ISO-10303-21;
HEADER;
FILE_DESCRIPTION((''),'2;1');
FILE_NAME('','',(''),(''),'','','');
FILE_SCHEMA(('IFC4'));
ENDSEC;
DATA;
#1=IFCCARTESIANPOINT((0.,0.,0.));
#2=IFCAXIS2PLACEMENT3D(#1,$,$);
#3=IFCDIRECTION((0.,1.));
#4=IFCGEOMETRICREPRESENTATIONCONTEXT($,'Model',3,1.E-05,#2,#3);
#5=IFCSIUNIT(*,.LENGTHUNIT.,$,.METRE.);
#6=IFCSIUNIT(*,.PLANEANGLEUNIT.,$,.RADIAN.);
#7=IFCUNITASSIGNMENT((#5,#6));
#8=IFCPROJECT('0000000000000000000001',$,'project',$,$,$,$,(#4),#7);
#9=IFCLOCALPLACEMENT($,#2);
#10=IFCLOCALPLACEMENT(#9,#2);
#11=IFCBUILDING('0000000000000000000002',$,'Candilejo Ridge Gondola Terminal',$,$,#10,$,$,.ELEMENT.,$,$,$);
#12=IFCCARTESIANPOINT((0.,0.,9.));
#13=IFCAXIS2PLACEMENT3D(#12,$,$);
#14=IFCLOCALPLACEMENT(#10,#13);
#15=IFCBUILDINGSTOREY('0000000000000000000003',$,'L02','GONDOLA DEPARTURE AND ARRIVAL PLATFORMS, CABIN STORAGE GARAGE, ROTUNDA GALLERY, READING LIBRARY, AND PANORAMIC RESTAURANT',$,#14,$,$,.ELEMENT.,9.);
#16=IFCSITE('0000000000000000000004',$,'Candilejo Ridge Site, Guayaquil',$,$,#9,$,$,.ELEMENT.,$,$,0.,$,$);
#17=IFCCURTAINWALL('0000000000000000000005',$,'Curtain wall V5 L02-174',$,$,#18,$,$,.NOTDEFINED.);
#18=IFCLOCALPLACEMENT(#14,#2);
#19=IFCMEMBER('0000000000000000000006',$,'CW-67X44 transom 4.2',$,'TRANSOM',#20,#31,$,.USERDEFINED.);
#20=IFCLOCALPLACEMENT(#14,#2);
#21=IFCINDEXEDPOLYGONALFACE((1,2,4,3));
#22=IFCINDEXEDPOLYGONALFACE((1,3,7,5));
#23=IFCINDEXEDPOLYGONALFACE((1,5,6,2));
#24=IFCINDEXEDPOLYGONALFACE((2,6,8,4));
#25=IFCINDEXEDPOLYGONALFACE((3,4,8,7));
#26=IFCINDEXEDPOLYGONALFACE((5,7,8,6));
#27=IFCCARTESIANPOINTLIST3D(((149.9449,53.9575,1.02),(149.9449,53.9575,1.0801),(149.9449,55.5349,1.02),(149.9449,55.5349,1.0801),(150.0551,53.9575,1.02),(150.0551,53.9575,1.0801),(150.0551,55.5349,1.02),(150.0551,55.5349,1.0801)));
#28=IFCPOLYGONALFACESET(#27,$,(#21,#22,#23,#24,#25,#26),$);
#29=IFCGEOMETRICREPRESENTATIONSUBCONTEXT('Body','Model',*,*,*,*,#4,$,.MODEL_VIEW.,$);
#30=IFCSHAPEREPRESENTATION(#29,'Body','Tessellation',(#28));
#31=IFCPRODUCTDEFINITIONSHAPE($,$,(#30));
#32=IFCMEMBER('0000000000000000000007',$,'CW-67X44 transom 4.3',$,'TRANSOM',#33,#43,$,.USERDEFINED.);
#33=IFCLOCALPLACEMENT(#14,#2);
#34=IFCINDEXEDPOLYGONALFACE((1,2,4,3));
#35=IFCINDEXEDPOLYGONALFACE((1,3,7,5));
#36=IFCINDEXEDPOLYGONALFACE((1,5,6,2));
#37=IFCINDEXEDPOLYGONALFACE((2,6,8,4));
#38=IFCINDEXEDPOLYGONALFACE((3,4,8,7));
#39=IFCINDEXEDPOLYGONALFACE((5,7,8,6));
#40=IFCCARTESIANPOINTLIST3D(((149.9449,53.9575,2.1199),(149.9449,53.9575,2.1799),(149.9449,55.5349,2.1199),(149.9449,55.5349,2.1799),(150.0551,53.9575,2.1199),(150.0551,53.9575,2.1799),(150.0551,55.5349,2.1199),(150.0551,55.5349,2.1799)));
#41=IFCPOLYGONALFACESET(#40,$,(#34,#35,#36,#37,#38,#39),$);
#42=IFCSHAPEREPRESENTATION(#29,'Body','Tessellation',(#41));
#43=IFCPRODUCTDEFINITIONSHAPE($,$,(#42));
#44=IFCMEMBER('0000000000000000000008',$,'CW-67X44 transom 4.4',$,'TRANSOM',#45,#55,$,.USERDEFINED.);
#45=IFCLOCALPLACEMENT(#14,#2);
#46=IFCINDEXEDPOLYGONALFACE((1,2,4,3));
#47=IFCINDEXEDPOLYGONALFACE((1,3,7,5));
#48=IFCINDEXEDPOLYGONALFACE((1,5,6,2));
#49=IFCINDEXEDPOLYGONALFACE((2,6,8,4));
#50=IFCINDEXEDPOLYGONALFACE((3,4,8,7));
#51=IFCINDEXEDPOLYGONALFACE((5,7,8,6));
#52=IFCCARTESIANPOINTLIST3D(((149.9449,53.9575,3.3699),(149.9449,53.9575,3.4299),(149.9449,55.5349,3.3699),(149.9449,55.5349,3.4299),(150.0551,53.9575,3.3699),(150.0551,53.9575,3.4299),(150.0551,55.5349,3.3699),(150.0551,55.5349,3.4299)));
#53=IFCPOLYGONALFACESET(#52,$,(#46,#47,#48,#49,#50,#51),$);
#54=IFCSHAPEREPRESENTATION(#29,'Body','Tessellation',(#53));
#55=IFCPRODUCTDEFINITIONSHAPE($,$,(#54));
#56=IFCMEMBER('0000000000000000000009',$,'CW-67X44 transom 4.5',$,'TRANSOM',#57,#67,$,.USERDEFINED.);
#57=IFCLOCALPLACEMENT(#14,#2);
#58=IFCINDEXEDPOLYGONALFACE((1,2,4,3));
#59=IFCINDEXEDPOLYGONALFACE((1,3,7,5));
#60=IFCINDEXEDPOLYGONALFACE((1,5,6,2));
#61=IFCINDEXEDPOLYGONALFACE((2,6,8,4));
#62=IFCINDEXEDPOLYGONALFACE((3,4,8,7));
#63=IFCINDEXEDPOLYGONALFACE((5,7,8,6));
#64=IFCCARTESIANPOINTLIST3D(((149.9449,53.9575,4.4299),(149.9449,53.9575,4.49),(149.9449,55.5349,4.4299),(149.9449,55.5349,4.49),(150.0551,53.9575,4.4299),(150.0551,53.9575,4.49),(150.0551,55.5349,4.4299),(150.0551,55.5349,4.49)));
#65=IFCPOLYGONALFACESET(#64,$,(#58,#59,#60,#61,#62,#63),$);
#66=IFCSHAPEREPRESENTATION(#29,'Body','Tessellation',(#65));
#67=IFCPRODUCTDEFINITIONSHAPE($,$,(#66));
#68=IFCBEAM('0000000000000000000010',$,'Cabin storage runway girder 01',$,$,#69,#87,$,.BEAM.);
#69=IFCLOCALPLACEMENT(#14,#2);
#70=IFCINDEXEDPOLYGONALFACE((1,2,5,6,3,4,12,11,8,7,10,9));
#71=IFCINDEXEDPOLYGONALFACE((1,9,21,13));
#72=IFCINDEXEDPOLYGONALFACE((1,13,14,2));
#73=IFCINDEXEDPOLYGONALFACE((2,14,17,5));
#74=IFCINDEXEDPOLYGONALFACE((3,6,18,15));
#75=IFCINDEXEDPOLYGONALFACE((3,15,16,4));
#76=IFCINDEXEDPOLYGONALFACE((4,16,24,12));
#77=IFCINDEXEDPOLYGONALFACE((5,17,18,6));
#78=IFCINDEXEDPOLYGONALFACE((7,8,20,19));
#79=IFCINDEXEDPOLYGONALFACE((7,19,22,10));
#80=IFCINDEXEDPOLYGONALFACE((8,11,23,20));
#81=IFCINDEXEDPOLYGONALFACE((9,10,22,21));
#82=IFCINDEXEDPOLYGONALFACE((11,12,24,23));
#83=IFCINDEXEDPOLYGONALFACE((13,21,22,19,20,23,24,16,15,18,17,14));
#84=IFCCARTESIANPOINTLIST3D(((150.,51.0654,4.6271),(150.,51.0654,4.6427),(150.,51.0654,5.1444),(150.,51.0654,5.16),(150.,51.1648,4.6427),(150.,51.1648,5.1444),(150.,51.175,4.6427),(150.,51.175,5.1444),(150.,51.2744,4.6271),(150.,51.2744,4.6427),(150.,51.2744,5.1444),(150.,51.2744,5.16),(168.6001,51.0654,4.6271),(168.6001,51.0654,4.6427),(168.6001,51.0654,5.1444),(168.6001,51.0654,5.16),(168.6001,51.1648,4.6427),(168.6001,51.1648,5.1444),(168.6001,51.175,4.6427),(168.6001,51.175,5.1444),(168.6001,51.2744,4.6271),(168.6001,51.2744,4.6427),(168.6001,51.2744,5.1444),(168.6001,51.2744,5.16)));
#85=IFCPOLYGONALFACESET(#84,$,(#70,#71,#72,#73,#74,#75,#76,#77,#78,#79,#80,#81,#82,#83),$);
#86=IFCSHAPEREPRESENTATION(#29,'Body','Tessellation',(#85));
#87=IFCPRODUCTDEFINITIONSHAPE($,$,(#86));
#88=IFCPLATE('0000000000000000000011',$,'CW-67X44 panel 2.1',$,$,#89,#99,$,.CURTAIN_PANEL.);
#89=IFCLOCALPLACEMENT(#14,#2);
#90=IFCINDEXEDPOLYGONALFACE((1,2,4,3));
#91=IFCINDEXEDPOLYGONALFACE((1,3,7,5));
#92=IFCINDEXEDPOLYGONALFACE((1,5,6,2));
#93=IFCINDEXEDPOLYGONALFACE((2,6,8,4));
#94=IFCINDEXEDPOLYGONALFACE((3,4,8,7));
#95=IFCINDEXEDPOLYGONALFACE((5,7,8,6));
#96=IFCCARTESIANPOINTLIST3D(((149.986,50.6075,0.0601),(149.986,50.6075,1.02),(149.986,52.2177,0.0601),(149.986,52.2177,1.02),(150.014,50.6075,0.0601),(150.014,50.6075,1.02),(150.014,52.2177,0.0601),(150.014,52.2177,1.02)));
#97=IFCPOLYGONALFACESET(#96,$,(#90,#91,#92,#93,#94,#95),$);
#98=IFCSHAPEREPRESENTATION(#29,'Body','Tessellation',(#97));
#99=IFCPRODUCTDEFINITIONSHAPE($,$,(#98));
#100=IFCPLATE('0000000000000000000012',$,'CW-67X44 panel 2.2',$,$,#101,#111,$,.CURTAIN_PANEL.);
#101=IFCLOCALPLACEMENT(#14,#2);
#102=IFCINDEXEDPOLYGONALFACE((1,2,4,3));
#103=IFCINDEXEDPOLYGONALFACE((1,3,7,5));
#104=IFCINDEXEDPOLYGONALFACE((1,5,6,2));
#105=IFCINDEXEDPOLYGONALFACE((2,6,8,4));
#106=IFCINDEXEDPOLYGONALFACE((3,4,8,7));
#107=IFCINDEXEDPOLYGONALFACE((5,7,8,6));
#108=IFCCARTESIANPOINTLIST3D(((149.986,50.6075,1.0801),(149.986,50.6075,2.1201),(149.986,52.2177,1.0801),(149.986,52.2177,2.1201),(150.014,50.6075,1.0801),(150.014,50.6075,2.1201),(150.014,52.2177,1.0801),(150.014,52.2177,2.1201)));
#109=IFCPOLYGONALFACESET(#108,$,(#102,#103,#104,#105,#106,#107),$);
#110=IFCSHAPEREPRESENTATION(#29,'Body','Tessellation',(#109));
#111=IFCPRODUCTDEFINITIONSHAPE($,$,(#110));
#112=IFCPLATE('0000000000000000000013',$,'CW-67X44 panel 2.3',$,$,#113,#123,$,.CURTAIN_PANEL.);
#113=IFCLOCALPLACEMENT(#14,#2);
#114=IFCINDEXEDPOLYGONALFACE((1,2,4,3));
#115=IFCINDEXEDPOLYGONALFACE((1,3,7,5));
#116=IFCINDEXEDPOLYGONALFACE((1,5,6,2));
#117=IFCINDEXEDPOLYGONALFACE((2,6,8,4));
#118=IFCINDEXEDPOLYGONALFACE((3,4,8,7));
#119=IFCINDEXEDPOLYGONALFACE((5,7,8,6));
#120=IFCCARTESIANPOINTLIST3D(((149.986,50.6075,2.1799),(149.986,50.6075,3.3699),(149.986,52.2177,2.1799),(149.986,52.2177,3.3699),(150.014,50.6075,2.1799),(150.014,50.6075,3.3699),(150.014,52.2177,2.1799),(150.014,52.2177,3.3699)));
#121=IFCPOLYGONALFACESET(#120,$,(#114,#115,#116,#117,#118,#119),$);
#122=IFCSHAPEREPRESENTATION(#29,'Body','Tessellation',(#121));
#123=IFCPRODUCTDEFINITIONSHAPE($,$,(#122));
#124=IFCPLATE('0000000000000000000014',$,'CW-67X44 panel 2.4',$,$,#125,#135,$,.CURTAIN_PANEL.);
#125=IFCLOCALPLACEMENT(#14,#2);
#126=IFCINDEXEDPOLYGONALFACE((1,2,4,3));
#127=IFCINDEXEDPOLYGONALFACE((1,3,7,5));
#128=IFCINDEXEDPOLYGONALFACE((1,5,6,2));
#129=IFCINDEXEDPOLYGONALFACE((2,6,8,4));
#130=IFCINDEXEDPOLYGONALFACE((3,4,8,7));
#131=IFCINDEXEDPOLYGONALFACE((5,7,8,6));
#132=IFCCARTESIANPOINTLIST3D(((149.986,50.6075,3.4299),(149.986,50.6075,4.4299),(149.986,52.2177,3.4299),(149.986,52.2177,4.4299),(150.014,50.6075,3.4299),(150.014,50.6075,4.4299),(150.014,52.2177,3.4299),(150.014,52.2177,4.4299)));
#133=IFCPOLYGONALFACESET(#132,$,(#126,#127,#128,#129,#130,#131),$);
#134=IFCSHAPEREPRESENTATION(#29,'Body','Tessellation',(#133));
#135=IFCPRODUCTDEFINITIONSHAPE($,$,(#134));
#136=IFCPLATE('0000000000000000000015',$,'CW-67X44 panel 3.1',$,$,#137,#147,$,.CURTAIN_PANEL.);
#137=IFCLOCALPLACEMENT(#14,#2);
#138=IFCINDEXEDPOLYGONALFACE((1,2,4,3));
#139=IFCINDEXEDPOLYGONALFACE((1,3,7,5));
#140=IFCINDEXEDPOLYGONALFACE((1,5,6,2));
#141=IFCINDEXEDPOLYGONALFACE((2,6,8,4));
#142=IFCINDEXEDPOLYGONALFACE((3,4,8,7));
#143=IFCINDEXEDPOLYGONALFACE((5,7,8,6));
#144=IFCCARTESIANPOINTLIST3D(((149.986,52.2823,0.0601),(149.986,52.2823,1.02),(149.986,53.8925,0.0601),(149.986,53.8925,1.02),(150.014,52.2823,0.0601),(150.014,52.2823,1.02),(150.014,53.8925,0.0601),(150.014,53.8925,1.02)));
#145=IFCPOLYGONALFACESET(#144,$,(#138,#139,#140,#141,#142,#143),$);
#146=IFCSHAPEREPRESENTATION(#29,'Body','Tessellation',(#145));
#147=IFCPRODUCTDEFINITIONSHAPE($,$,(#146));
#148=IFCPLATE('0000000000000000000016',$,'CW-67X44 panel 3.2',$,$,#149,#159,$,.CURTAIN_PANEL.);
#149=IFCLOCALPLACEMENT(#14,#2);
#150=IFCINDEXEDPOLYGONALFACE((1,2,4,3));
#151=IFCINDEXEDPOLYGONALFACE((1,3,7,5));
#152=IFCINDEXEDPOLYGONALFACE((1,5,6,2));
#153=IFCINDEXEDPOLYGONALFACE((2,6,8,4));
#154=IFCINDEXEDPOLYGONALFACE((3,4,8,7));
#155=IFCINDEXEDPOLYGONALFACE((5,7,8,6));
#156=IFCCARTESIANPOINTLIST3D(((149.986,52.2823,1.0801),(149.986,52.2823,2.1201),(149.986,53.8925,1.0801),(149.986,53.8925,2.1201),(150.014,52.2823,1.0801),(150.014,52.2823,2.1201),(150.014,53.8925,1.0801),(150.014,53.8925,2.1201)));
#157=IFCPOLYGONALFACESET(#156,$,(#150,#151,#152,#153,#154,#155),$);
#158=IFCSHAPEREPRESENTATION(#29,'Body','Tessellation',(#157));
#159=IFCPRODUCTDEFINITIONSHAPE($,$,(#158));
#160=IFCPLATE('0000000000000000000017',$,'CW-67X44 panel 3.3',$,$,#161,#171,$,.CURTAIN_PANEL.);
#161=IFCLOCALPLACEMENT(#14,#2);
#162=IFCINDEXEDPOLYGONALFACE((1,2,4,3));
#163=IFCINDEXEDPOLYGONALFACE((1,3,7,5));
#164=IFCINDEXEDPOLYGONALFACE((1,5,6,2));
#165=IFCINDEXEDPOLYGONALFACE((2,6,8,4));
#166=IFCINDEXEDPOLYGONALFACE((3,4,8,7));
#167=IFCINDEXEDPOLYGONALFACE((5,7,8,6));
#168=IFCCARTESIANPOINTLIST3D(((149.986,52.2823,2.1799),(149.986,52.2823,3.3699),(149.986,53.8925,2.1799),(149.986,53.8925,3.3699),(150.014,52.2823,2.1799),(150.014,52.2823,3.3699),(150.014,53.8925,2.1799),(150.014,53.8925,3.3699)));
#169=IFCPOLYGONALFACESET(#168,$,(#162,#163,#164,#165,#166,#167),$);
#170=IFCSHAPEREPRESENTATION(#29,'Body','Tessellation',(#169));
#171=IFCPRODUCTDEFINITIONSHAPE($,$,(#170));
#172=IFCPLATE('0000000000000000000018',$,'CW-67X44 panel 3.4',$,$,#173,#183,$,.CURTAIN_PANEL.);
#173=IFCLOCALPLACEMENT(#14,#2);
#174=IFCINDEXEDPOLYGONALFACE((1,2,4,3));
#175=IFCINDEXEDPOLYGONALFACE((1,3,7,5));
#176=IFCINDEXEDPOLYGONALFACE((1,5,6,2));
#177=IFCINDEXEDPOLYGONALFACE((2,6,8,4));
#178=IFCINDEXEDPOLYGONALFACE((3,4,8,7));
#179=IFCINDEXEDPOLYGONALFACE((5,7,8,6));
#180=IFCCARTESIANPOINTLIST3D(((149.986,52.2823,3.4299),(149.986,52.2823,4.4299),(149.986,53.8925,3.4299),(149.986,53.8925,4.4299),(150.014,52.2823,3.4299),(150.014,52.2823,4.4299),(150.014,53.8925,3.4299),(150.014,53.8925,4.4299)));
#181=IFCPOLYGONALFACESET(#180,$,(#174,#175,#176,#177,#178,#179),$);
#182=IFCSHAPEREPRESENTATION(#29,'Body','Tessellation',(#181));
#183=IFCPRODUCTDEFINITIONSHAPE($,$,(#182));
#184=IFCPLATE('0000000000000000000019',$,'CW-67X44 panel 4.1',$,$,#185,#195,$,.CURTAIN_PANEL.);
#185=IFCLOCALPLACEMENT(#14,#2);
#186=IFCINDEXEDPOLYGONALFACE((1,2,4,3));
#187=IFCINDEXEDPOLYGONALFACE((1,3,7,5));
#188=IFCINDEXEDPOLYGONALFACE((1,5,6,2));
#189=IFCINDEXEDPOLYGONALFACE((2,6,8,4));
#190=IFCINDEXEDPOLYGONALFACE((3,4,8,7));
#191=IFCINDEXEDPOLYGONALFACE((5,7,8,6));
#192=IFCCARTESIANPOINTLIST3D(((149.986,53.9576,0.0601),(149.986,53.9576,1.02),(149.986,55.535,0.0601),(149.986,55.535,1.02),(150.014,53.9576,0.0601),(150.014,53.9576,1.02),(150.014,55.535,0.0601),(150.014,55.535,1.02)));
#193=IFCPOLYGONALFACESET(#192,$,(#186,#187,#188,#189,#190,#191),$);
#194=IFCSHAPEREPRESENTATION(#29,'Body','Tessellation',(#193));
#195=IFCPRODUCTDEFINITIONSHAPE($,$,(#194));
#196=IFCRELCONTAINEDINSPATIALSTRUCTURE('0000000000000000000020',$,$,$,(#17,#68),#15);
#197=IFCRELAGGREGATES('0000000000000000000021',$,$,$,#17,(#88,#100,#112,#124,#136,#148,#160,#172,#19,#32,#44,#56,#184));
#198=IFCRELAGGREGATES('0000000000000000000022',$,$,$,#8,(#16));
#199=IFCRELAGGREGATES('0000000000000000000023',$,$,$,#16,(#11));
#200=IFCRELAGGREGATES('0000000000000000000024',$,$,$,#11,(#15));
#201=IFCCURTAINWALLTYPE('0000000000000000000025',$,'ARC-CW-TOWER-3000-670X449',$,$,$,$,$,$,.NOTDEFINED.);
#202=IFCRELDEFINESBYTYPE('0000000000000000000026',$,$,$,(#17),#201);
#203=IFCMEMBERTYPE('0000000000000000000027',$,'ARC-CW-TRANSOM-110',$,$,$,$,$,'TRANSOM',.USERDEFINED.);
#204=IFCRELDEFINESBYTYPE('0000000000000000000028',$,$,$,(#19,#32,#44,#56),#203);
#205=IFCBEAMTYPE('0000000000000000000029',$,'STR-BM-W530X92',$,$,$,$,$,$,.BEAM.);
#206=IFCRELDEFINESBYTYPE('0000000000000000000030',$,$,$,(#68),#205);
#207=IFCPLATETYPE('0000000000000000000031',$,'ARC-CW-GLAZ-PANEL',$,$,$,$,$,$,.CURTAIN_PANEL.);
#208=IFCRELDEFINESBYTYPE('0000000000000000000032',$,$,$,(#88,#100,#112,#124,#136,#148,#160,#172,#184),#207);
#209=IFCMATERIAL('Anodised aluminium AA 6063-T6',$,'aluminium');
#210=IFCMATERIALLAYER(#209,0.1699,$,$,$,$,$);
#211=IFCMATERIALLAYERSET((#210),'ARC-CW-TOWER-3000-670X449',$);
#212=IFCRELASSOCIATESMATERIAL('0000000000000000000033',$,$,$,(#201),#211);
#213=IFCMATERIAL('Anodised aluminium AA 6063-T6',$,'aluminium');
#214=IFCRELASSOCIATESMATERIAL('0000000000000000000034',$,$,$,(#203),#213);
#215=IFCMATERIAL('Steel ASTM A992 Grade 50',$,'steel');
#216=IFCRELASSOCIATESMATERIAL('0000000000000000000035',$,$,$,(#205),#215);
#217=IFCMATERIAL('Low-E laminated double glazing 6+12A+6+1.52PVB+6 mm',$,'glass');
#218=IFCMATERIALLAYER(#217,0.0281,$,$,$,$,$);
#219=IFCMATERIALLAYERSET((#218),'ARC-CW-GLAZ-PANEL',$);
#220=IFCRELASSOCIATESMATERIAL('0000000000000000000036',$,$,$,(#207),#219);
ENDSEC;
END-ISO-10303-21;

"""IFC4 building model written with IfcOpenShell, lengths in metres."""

from ifc_helpers import new_model, si_unit, direction, frame, origin, origin_2d, place, context, subcontext, project, spatial, rectangle, i_section, extrude, material, layer, layer_set, material_profile, profile_set, type_object, element, aggregate, save


model = new_model("IFC4")

# Units and contexts
model_context = context("Model", 3, precision=1e-05, world=origin(), true_north=direction((0.0, 1.0)))
body_context = subcontext(model_context, "Body", "Model", "MODEL_VIEW")
ifc_project = project(units=[si_unit("LENGTHUNIT", "METRE"), si_unit("PLANEANGLEUNIT", "RADIAN")], contexts=[model_context])

# Site, building, storey
site_placement = place(None, origin())
site = spatial("IfcSite", under=ifc_project, at=site_placement, Name="Candilejo Ridge Site, Guayaquil", CompositionType="ELEMENT", RefElevation=0.0)
building_placement = place(site_placement, origin())
building = spatial("IfcBuilding", under=site, at=building_placement, Name="Candilejo Ridge Gondola Terminal", CompositionType="ELEMENT")
storey_placement = place(building_placement, frame((0.0, 0.0, 9.0)))
storey = spatial("IfcBuildingStorey", under=building, at=storey_placement, Name="L02", Description="GONDOLA DEPARTURE AND ARRIVAL PLATFORMS, CABIN STORAGE GARAGE, ROTUNDA GALLERY, READING LIBRARY, AND PANORAMIC RESTAURANT", CompositionType="ELEMENT", Elevation=9.0)

# Curtain wall, members
ifc_material_1 = material(Name="Anodised aluminium AA 6063-T6", Category="aluminium")
ifc_layer_1 = layer(ifc_material_1, 0.1699)
ifc_layer_set_1 = layer_set([ifc_layer_1], Name="ARC-CW-TOWER-3000-670X449")
curtain_wall_type = type_object("IfcCurtainWallType", Name="ARC-CW-TOWER-3000-670X449", PredefinedType="NOTDEFINED", material=ifc_layer_set_1)
curtain_wall_placement = place(storey_placement, origin())
curtain_wall = element("IfcCurtainWall", 1, at=curtain_wall_placement, inside=storey, type_object=curtain_wall_type, Name="Curtain wall V5 L02-174", PredefinedType="NOTDEFINED")
ifc_material_2 = material(Name="Anodised aluminium AA 6063-T6", Category="aluminium")
ifc_material_profile_1 = material_profile(ifc_material_2, rectangle(XDim=0.1101, YDim=0.0601, at=origin_2d()))
ifc_profile_set_1 = profile_set([ifc_material_profile_1], Name="Anodised aluminium AA 6063-T6")
member_type_1 = type_object("IfcMemberType", Name="ARC-CW-TRANSOM-110", ElementType="TRANSOM", PredefinedType="USERDEFINED", material=ifc_profile_set_1)
member_1_placement = place(storey_placement, frame((150.0, 53.9575, 1.05), z_axis=(0.0, 1.0, 0.0), x_axis=(-1.0, 0.0, 0.0)))
member_1 = element("IfcMember", 2, at=member_1_placement, type_object=member_type_1, Name="CW-67X44 transom 4.2", ObjectType="TRANSOM", PredefinedType="USERDEFINED", context=body_context, shape_type="SweptSolid", body=[
    extrude(rectangle(XDim=0.1101, YDim=0.0601, at=origin_2d()), origin(), (0.0, 0.0, 1.0), 1.5774),
])
member_2_placement = place(storey_placement, frame((150.0, 53.9575, 2.1499), z_axis=(0.0, 1.0, 0.0), x_axis=(-1.0, 0.0, 0.0)))
member_2 = element("IfcMember", 3, at=member_2_placement, type_object=member_type_1, Name="CW-67X44 transom 4.3", ObjectType="TRANSOM", PredefinedType="USERDEFINED", context=body_context, shape_type="SweptSolid", body=[
    extrude(rectangle(XDim=0.1101, YDim=0.0601, at=origin_2d()), origin(), (0.0, 0.0, 1.0), 1.5774),
])
member_3_placement = place(storey_placement, frame((150.0, 53.9575, 3.3999), z_axis=(0.0, 1.0, 0.0), x_axis=(-1.0, 0.0, 0.0)))
member_3 = element("IfcMember", 4, at=member_3_placement, type_object=member_type_1, Name="CW-67X44 transom 4.4", ObjectType="TRANSOM", PredefinedType="USERDEFINED", context=body_context, shape_type="SweptSolid", body=[
    extrude(rectangle(XDim=0.1101, YDim=0.0601, at=origin_2d()), origin(), (0.0, 0.0, 1.0), 1.5774),
])
member_4_placement = place(storey_placement, frame((150.0, 53.9575, 4.46), z_axis=(0.0, 1.0, 0.0), x_axis=(-1.0, 0.0, 0.0)))
member_4 = element("IfcMember", 5, at=member_4_placement, type_object=member_type_1, Name="CW-67X44 transom 4.5", ObjectType="TRANSOM", PredefinedType="USERDEFINED", context=body_context, shape_type="SweptSolid", body=[
    extrude(rectangle(XDim=0.1101, YDim=0.0601, at=origin_2d()), origin(), (0.0, 0.0, 1.0), 1.5774),
])

# Beam
ifc_material_3 = material(Name="Steel ASTM A992 Grade 50", Category="steel")
ifc_material_profile_2 = material_profile(ifc_material_3, i_section(OverallWidth=0.209, OverallDepth=0.533, WebThickness=0.0103, FlangeThickness=0.0156, at=origin_2d()))
ifc_profile_set_2 = profile_set([ifc_material_profile_2], Name="Steel ASTM A992 Grade 50")
beam_type = type_object("IfcBeamType", Name="STR-BM-W530X92", PredefinedType="BEAM", material=ifc_profile_set_2)
beam_placement = place(storey_placement, frame((150.0, 51.1699, 4.8936), z_axis=(1.0, 0.0, 0.0), x_axis=(0.0, 1.0, 0.0)))
element("IfcBeam", 6, at=beam_placement, inside=storey, type_object=beam_type, Name="Cabin storage runway girder 01", PredefinedType="BEAM", context=body_context, shape_type="SweptSolid", body=[
    extrude(i_section(OverallWidth=0.209, OverallDepth=0.533, WebThickness=0.0103, FlangeThickness=0.0156, at=origin_2d()), origin(), (0.0, 0.0, 1.0), 18.6001),
])

# Plates
ifc_material_4 = material(Name="Low-E laminated double glazing 6+12A+6+1.52PVB+6 mm", Category="glass")
ifc_layer_2 = layer(ifc_material_4, 0.0281)
ifc_layer_set_2 = layer_set([ifc_layer_2], Name="ARC-CW-GLAZ-PANEL")
plate_type_1 = type_object("IfcPlateType", Name="ARC-CW-GLAZ-PANEL", PredefinedType="CURTAIN_PANEL", material=ifc_layer_set_2)
plate_1_placement = place(storey_placement, frame((150.0, 51.4126, 0.0601), z_axis=(0.0, 0.0, 1.0), x_axis=(0.0, 1.0, 0.0)))
plate_1 = element("IfcPlate", 7, at=plate_1_placement, type_object=plate_type_1, Name="CW-67X44 panel 2.1", PredefinedType="CURTAIN_PANEL", context=body_context, shape_type="SweptSolid", body=[
    extrude(rectangle(XDim=1.6101, YDim=0.0281, at=origin_2d()), origin(), (0.0, 0.0, 1.0), 0.96),
])
plate_2_placement = place(storey_placement, frame((150.0, 51.4126, 1.0801), z_axis=(0.0, 0.0, 1.0), x_axis=(0.0, 1.0, 0.0)))
plate_2 = element("IfcPlate", 8, at=plate_2_placement, type_object=plate_type_1, Name="CW-67X44 panel 2.2", PredefinedType="CURTAIN_PANEL", context=body_context, shape_type="SweptSolid", body=[
    extrude(rectangle(XDim=1.6101, YDim=0.0281, at=origin_2d()), origin(), (0.0, 0.0, 1.0), 1.04),
])
plate_3_placement = place(storey_placement, frame((150.0, 51.4126, 2.1799), z_axis=(0.0, 0.0, 1.0), x_axis=(0.0, 1.0, 0.0)))
plate_3 = element("IfcPlate", 9, at=plate_3_placement, type_object=plate_type_1, Name="CW-67X44 panel 2.3", PredefinedType="CURTAIN_PANEL", context=body_context, shape_type="SweptSolid", body=[
    extrude(rectangle(XDim=1.6101, YDim=0.0281, at=origin_2d()), origin(), (0.0, 0.0, 1.0), 1.1899),
])
plate_4_placement = place(storey_placement, frame((150.0, 51.4126, 3.4299), z_axis=(0.0, 0.0, 1.0), x_axis=(0.0, 1.0, 0.0)))
plate_4 = element("IfcPlate", 10, at=plate_4_placement, type_object=plate_type_1, Name="CW-67X44 panel 2.4", PredefinedType="CURTAIN_PANEL", context=body_context, shape_type="SweptSolid", body=[
    extrude(rectangle(XDim=1.6101, YDim=0.0281, at=origin_2d()), origin(), (0.0, 0.0, 1.0), 1.0),
])
plate_5_placement = place(storey_placement, frame((150.0, 53.0874, 0.0601), z_axis=(0.0, 0.0, 1.0), x_axis=(0.0, 1.0, 0.0)))
plate_5 = element("IfcPlate", 11, at=plate_5_placement, type_object=plate_type_1, Name="CW-67X44 panel 3.1", PredefinedType="CURTAIN_PANEL", context=body_context, shape_type="SweptSolid", body=[
    extrude(rectangle(XDim=1.6101, YDim=0.0281, at=origin_2d()), origin(), (0.0, 0.0, 1.0), 0.96),
])
plate_6_placement = place(storey_placement, frame((150.0, 53.0874, 1.0801), z_axis=(0.0, 0.0, 1.0), x_axis=(0.0, 1.0, 0.0)))
plate_6 = element("IfcPlate", 12, at=plate_6_placement, type_object=plate_type_1, Name="CW-67X44 panel 3.2", PredefinedType="CURTAIN_PANEL", context=body_context, shape_type="SweptSolid", body=[
    extrude(rectangle(XDim=1.6101, YDim=0.0281, at=origin_2d()), origin(), (0.0, 0.0, 1.0), 1.04),
])
plate_7_placement = place(storey_placement, frame((150.0, 53.0874, 2.1799), z_axis=(0.0, 0.0, 1.0), x_axis=(0.0, 1.0, 0.0)))
plate_7 = element("IfcPlate", 13, at=plate_7_placement, type_object=plate_type_1, Name="CW-67X44 panel 3.3", PredefinedType="CURTAIN_PANEL", context=body_context, shape_type="SweptSolid", body=[
    extrude(rectangle(XDim=1.6101, YDim=0.0281, at=origin_2d()), origin(), (0.0, 0.0, 1.0), 1.1899),
])
plate_8_placement = place(storey_placement, frame((150.0, 53.0874, 3.4299), z_axis=(0.0, 0.0, 1.0), x_axis=(0.0, 1.0, 0.0)))
plate_8 = element("IfcPlate", 14, at=plate_8_placement, type_object=plate_type_1, Name="CW-67X44 panel 3.4", PredefinedType="CURTAIN_PANEL", context=body_context, shape_type="SweptSolid", body=[
    extrude(rectangle(XDim=1.6101, YDim=0.0281, at=origin_2d()), origin(), (0.0, 0.0, 1.0), 1.0),
])
plate_9_placement = place(storey_placement, frame((150.0, 54.7463, 0.0601), z_axis=(0.0, 0.0, 1.0), x_axis=(0.0, 1.0, 0.0)))
plate_9 = element("IfcPlate", 15, at=plate_9_placement, type_object=plate_type_1, Name="CW-67X44 panel 4.1", PredefinedType="CURTAIN_PANEL", context=body_context, shape_type="SweptSolid", body=[
    extrude(rectangle(XDim=1.5774, YDim=0.0281, at=origin_2d()), origin(), (0.0, 0.0, 1.0), 0.96),
])
aggregate(curtain_wall, [plate_1, plate_2, plate_3, plate_4, plate_5, plate_6, plate_7, plate_8, member_1, member_2, member_3, member_4, plate_9])

save(model, "model.ifc")
